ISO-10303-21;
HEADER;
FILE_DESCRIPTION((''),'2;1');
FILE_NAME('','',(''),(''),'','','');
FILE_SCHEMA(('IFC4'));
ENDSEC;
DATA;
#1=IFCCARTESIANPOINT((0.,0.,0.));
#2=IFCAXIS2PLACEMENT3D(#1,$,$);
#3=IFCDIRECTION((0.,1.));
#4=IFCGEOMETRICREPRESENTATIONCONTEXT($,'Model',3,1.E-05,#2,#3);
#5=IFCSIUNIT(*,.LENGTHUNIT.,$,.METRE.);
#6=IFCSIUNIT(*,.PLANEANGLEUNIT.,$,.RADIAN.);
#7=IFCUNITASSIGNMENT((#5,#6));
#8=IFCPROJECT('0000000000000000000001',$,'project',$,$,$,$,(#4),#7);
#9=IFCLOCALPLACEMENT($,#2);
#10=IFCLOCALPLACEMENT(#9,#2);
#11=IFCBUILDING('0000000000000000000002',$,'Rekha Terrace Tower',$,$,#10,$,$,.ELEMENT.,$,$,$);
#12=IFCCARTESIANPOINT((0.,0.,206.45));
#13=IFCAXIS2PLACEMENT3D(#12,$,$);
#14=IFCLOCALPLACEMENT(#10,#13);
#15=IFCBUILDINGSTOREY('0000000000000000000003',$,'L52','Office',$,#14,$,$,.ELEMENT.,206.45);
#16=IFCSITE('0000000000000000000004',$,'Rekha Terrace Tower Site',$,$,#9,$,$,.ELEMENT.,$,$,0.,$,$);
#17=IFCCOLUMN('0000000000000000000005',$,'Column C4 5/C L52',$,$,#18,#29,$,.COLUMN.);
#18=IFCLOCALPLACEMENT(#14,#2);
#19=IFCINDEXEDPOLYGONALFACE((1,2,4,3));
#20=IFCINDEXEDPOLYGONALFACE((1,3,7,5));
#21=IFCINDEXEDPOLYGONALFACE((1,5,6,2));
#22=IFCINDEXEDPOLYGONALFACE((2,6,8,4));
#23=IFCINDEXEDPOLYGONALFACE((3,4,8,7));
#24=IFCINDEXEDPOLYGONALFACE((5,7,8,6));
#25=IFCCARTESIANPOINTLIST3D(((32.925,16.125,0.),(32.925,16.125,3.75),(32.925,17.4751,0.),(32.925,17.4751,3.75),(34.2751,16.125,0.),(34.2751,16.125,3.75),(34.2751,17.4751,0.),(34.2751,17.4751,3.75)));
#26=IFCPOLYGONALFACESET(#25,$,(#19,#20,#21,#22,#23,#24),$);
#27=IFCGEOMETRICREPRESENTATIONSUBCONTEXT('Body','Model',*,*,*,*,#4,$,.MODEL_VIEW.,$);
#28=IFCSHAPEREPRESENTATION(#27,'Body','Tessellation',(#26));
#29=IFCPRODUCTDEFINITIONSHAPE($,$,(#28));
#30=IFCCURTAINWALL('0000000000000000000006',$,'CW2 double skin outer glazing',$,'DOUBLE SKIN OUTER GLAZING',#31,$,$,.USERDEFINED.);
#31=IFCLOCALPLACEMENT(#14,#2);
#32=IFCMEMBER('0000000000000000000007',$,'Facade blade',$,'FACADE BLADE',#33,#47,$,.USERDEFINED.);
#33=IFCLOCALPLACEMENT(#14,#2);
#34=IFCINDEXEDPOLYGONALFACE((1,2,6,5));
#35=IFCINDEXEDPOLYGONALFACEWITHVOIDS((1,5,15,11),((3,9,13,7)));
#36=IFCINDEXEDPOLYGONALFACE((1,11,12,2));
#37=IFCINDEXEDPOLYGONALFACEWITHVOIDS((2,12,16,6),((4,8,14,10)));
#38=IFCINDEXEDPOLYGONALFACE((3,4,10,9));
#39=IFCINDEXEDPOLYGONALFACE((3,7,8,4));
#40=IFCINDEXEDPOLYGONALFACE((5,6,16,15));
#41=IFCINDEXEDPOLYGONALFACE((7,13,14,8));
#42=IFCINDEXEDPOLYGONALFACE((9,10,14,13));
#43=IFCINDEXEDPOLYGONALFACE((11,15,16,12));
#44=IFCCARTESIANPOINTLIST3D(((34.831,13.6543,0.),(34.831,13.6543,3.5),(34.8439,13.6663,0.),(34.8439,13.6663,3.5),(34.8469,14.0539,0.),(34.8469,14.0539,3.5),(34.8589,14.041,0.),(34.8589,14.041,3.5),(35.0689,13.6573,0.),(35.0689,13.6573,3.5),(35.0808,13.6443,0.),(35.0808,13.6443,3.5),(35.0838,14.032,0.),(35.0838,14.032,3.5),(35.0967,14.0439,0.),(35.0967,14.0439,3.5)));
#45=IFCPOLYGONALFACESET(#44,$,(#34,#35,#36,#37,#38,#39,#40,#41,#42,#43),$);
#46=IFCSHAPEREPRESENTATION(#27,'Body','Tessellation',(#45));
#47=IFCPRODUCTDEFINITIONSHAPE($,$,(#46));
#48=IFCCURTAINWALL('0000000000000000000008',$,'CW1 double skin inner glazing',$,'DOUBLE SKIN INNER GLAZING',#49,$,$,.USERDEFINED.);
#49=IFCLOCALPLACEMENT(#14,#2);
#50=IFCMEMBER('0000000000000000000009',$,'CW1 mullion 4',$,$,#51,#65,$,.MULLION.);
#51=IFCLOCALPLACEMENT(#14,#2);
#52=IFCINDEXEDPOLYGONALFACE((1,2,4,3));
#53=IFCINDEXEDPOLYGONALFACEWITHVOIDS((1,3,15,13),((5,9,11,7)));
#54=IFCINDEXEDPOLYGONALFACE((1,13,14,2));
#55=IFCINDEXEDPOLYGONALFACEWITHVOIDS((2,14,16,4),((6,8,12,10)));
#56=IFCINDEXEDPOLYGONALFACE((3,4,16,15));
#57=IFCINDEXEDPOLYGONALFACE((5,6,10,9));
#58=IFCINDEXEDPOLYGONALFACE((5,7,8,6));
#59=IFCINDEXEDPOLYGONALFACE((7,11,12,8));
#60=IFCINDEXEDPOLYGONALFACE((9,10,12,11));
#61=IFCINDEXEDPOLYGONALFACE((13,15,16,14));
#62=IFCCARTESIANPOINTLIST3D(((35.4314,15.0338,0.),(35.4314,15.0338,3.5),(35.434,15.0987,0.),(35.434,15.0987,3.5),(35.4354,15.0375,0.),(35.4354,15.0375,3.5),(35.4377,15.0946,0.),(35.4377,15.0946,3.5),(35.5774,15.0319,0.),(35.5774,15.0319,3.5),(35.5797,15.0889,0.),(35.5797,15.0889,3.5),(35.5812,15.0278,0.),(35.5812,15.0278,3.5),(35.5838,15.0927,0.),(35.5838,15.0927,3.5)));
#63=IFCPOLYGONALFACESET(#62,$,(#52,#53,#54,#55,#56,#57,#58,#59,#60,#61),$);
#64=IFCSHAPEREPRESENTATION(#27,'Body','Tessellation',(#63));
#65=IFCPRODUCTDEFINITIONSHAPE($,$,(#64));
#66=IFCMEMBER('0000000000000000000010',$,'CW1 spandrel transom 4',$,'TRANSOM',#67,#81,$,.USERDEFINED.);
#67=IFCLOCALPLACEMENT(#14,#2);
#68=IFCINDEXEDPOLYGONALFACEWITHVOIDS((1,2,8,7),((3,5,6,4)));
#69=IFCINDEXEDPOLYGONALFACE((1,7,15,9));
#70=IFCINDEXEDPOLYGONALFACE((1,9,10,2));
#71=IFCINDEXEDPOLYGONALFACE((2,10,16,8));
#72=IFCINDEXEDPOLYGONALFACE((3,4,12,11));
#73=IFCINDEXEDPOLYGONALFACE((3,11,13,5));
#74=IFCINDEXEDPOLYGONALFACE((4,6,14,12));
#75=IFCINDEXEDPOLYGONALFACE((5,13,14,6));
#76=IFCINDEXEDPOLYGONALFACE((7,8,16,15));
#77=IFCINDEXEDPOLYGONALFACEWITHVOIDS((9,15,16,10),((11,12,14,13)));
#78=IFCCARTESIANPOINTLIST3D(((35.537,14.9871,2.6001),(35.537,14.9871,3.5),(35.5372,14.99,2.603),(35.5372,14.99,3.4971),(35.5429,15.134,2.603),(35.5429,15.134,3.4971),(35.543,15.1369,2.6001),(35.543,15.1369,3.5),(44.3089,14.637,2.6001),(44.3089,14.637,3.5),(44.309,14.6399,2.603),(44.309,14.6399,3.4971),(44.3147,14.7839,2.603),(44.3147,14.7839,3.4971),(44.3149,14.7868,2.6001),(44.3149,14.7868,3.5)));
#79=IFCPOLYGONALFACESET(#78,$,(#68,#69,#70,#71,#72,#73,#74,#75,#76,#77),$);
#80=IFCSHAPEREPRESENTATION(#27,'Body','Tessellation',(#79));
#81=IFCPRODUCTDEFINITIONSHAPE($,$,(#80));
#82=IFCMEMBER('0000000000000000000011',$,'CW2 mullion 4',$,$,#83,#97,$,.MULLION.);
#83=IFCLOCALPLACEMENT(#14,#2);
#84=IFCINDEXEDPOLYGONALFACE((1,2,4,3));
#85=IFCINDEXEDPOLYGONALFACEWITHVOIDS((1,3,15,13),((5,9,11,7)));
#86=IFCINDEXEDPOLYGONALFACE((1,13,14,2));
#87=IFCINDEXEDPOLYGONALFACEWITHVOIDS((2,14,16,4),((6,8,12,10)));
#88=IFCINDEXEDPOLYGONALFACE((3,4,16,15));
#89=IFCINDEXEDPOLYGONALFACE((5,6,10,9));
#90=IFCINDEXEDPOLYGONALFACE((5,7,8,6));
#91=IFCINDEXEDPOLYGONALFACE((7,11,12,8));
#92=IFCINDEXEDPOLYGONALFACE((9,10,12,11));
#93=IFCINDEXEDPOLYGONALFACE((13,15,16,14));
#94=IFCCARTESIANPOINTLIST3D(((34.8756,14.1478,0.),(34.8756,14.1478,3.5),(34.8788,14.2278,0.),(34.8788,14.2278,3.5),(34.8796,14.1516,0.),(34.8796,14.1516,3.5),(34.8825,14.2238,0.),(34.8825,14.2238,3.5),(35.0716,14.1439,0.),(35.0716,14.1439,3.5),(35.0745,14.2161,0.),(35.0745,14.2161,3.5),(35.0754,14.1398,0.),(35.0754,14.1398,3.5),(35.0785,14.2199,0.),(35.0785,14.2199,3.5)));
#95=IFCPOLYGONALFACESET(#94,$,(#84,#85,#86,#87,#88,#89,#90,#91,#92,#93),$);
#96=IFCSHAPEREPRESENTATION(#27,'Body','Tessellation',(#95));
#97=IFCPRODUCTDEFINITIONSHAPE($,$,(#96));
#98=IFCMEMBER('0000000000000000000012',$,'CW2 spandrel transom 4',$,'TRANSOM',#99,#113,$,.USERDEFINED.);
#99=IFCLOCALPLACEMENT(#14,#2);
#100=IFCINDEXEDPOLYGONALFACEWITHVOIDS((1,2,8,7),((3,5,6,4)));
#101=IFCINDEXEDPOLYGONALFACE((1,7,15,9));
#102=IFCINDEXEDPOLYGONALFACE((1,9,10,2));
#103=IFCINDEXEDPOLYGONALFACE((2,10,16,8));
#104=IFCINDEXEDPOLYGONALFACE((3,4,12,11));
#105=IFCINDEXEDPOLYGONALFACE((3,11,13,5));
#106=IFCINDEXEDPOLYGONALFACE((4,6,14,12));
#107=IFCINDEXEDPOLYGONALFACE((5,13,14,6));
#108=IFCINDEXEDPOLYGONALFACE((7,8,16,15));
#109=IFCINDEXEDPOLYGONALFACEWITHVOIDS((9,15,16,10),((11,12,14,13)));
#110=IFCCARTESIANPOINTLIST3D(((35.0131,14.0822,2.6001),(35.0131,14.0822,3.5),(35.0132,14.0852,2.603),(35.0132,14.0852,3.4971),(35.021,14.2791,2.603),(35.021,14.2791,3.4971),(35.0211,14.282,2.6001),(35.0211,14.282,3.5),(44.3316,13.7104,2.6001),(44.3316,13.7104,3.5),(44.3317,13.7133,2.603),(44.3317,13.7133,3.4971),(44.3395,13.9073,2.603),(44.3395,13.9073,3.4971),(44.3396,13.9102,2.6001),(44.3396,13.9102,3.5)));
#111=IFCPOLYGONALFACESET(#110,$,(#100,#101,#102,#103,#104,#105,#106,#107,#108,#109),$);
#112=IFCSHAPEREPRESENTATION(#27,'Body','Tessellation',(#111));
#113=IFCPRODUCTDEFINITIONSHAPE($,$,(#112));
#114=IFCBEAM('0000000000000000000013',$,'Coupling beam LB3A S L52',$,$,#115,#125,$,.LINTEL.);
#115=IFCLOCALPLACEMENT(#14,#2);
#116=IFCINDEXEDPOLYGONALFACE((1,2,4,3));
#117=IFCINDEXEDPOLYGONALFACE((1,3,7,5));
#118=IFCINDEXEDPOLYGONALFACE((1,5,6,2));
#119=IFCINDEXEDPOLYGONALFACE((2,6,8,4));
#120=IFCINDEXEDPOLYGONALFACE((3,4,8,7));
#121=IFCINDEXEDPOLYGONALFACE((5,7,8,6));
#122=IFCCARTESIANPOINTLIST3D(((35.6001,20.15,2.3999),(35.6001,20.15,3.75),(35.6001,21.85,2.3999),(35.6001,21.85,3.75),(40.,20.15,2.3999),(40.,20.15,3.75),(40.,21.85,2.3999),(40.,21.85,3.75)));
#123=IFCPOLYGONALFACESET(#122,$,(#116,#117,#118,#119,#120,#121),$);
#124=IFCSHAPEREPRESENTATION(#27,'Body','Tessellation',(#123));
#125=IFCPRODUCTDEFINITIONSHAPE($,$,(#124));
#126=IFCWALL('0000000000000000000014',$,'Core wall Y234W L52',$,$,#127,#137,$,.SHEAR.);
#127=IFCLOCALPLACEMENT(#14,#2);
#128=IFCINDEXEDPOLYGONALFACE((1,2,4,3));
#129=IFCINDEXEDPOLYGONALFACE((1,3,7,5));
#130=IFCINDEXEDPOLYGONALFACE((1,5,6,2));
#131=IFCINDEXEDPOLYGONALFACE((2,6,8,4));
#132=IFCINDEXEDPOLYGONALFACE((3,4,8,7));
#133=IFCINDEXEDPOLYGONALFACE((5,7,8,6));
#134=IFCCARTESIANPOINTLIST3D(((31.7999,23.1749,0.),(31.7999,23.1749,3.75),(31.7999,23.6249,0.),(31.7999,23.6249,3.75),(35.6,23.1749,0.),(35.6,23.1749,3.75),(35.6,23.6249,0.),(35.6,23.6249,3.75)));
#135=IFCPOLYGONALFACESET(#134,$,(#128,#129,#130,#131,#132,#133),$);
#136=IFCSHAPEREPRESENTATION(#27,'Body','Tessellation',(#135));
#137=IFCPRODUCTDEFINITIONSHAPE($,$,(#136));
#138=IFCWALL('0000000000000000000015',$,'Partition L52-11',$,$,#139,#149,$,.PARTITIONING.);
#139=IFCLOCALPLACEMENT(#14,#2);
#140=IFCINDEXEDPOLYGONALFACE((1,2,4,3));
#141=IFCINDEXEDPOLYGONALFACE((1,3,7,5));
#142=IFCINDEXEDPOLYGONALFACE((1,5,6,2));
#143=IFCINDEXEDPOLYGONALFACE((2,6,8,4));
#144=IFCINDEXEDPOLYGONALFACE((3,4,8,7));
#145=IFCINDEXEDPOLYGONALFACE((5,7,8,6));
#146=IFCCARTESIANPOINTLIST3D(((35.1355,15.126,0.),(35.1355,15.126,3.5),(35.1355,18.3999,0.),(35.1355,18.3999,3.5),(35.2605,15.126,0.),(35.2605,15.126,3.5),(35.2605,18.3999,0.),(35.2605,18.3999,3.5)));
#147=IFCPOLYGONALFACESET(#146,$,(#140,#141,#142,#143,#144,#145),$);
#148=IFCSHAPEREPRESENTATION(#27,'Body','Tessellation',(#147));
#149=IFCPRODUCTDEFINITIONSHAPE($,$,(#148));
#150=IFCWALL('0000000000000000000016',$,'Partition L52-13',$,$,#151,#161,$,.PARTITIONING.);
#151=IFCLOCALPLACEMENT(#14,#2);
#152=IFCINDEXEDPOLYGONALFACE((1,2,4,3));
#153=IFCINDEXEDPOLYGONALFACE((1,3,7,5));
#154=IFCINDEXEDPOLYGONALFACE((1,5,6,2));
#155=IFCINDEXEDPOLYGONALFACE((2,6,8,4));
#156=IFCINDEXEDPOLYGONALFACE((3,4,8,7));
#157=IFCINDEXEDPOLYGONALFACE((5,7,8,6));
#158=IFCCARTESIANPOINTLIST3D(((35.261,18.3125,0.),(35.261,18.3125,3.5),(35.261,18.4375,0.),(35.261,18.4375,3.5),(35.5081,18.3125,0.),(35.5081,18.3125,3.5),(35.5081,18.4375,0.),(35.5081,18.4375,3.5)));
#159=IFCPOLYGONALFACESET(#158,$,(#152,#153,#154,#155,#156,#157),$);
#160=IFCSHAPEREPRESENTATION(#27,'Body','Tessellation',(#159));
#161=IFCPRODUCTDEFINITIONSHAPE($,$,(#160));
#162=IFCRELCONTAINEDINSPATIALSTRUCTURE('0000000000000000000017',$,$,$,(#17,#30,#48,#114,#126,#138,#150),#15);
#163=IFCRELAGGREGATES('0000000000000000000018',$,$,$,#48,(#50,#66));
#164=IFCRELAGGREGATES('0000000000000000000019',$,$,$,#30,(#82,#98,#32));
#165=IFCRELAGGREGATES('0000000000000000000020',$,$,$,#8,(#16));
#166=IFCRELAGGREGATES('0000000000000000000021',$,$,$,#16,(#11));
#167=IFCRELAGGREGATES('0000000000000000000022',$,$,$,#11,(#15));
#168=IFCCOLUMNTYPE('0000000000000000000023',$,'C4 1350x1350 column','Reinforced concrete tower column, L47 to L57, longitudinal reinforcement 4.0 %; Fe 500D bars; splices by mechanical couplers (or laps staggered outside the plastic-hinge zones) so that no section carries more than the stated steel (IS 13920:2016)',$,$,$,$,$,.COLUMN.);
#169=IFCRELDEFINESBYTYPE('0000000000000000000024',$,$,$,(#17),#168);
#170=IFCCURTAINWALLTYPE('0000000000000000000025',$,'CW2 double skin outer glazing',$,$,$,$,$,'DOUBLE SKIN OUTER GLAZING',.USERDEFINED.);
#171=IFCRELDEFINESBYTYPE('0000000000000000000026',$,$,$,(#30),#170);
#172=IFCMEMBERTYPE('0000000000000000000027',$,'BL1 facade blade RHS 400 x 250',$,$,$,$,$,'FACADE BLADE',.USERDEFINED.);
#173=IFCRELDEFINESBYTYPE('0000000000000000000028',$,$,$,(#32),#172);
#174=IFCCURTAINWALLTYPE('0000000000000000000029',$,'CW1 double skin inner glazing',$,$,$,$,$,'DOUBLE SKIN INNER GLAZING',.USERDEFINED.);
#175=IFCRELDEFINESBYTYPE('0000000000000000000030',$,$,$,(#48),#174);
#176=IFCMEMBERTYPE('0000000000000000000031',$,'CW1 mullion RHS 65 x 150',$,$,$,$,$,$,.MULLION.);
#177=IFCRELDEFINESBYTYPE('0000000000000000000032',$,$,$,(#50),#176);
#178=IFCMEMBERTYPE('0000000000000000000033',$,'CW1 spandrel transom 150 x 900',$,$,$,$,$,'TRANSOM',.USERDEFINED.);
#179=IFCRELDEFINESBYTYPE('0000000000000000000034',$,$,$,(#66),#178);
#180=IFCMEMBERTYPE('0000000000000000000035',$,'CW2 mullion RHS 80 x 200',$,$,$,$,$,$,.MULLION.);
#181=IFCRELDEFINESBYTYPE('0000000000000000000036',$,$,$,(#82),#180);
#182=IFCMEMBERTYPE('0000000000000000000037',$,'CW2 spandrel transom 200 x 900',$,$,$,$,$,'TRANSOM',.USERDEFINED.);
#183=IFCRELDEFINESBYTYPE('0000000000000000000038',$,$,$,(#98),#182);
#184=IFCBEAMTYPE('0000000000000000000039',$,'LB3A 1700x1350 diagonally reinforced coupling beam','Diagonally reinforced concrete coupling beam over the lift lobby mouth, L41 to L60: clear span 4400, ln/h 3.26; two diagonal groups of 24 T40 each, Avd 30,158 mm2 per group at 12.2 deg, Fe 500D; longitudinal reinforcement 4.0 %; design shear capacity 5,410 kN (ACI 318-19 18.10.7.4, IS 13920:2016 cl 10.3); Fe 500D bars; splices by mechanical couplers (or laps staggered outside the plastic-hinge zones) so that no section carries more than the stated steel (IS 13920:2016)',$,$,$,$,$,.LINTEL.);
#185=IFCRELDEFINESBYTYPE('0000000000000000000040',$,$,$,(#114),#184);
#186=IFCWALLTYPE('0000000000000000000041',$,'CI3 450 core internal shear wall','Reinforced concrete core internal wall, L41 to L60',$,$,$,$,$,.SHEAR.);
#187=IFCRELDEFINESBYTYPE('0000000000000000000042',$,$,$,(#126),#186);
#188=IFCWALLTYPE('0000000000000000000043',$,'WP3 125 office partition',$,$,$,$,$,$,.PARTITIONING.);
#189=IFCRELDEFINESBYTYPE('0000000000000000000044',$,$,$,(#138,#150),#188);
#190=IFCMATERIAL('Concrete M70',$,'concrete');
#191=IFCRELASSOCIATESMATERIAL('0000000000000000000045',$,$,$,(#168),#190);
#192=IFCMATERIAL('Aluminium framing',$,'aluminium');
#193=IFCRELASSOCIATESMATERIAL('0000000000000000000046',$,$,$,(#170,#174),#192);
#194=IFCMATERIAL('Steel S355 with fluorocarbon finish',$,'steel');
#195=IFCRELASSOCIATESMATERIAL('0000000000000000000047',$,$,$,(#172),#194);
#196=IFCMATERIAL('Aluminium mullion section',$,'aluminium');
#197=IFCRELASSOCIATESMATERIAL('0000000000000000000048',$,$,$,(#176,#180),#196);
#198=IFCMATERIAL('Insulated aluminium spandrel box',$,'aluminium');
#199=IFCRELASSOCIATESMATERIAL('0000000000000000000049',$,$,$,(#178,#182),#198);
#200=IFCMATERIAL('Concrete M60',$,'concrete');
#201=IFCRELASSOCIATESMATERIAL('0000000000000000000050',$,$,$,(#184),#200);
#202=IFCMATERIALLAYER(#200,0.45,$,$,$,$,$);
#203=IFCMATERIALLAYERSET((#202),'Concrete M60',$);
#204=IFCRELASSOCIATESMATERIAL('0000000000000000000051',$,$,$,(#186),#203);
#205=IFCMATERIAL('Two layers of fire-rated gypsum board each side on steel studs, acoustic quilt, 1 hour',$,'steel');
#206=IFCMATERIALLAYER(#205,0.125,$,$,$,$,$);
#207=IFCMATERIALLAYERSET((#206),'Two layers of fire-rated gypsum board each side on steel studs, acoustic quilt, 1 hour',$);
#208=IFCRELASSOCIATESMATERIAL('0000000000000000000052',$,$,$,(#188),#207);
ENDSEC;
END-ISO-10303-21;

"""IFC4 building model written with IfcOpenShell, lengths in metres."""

from ifc_helpers import new_model, si_unit, direction, frame, frame_2d, origin, origin_2d, place, context, subcontext, project, spatial, rectangle, hollow_rectangle, extrude, material, layer, layer_set, material_profile, profile_set, type_object, element, aggregate, save


model = new_model("IFC4")

# Units and contexts
model_context = context("Model", 3, precision=1e-05, world=origin(), true_north=direction((0.0, 1.0)))
body_context = subcontext(model_context, "Body", "Model", "MODEL_VIEW")
ifc_project = project(units=[si_unit("LENGTHUNIT", "METRE"), si_unit("PLANEANGLEUNIT", "RADIAN")], contexts=[model_context])

# Site, building, storey
site_placement = place(None, origin())
site = spatial("IfcSite", under=ifc_project, at=site_placement, Name="Rekha Terrace Tower Site", CompositionType="ELEMENT", RefElevation=0.0)
building_placement = place(site_placement, origin())
building = spatial("IfcBuilding", under=site, at=building_placement, Name="Rekha Terrace Tower", CompositionType="ELEMENT")
storey_placement = place(building_placement, frame((0.0, 0.0, 206.45)))
storey = spatial("IfcBuildingStorey", under=building, at=storey_placement, Name="L52", Description="Office", CompositionType="ELEMENT", Elevation=206.45)

# Column
ifc_material_1 = material(Name="Concrete M70", Category="concrete")
ifc_material_profile_1 = material_profile(ifc_material_1, rectangle(XDim=1.3501, YDim=1.3501, at=origin_2d()), Name="RC 1350x1350")
ifc_profile_set_1 = profile_set([ifc_material_profile_1], Name="Concrete M70")
column_type = type_object("IfcColumnType", Name="C4 1350x1350 column", Description="Reinforced concrete tower column, L47 to L57, longitudinal reinforcement 4.0 %; Fe 500D bars; splices by mechanical couplers (or laps staggered outside the plastic-hinge zones) so that no section carries more than the stated steel (IS 13920:2016)", PredefinedType="COLUMN", material=ifc_profile_set_1)
column_placement = place(storey_placement, frame((33.6001, 16.8, 0.0), z_axis=(0.0, 0.0, 1.0), x_axis=(1.0, 0.0, 0.0)))
element("IfcColumn", 1, at=column_placement, inside=storey, type_object=column_type, Name="Column C4 5/C L52", PredefinedType="COLUMN", context=body_context, shape_type="SweptSolid", body=[
    extrude(rectangle(XDim=1.3501, YDim=1.3501, at=origin_2d()), origin(), (0.0, 0.0, 1.0), 3.75),
])

# Curtain wall, member
ifc_material_2 = material(Name="Aluminium framing", Category="aluminium")
curtain_wall_type_1 = type_object("IfcCurtainWallType", Name="CW2 double skin outer glazing", ElementType="DOUBLE SKIN OUTER GLAZING", PredefinedType="USERDEFINED", material=ifc_material_2)
curtain_wall_1_placement = place(storey_placement, origin())
curtain_wall_1 = element("IfcCurtainWall", 2, at=curtain_wall_1_placement, inside=storey, type_object=curtain_wall_type_1, Name="CW2 double skin outer glazing", ObjectType="DOUBLE SKIN OUTER GLAZING", PredefinedType="USERDEFINED")
ifc_material_3 = material(Name="Steel S355 with fluorocarbon finish", Category="steel")
ifc_material_profile_2 = material_profile(ifc_material_3, hollow_rectangle(XDim=0.25, YDim=0.3999, WallThickness=0.0125, at=origin_2d()), Name="RHS400x250x12.5")
ifc_profile_set_2 = profile_set([ifc_material_profile_2], Name="Steel S355 with fluorocarbon finish")
member_type_1 = type_object("IfcMemberType", Name="BL1 facade blade RHS 400 x 250", ElementType="FACADE BLADE", PredefinedType="USERDEFINED", material=ifc_profile_set_2)
member_1_placement = place(storey_placement, frame((34.9639, 13.8491, 0.0), z_axis=(0.0, 0.0, 1.0), x_axis=(0.999205, -0.039872, 0.0)))
member_1 = element("IfcMember", 3, at=member_1_placement, type_object=member_type_1, Name="Facade blade", ObjectType="FACADE BLADE", PredefinedType="USERDEFINED", context=body_context, shape_type="SweptSolid", body=[
    extrude(hollow_rectangle(XDim=0.25, YDim=0.3999, WallThickness=0.0125, at=origin_2d()), origin(), (0.0, 0.0, 1.0), 3.5),
])

# Curtain wall, members
curtain_wall_type_2 = type_object("IfcCurtainWallType", Name="CW1 double skin inner glazing", ElementType="DOUBLE SKIN INNER GLAZING", PredefinedType="USERDEFINED", material=ifc_material_2)
curtain_wall_2_placement = place(storey_placement, origin())
curtain_wall_2 = element("IfcCurtainWall", 4, at=curtain_wall_2_placement, inside=storey, type_object=curtain_wall_type_2, Name="CW1 double skin inner glazing", ObjectType="DOUBLE SKIN INNER GLAZING", PredefinedType="USERDEFINED")
ifc_material_4 = material(Name="Aluminium mullion section", Category="aluminium")
ifc_material_profile_3 = material_profile(ifc_material_4, hollow_rectangle(XDim=0.0649, YDim=0.1499, WallThickness=0.0039, at=origin_2d()), Name="AL RHS 65x150")
ifc_profile_set_3 = profile_set([ifc_material_profile_3], Name="Aluminium mullion section")
member_type_2 = type_object("IfcMemberType", Name="CW1 mullion RHS 65 x 150", PredefinedType="MULLION", material=ifc_profile_set_3)
member_2_placement = place(storey_placement, frame((35.5076, 15.0632, 0.0), z_axis=(0.0, 0.0, 1.0), x_axis=(0.039872, 0.999205, 0.0)))
member_2 = element("IfcMember", 5, at=member_2_placement, type_object=member_type_2, Name="CW1 mullion 4", PredefinedType="MULLION", context=body_context, shape_type="SweptSolid", body=[
    extrude(hollow_rectangle(XDim=0.0649, YDim=0.1499, WallThickness=0.0039, at=origin_2d()), origin(), (0.0, 0.0, 1.0), 3.5),
])
ifc_material_5 = material(Name="Insulated aluminium spandrel box", Category="aluminium")
ifc_material_profile_4 = material_profile(ifc_material_5, hollow_rectangle(XDim=0.1499, YDim=0.8999, WallThickness=0.0029, at=origin_2d()), Name="AL SPANDREL BOX 150x900")
ifc_profile_set_4 = profile_set([ifc_material_profile_4], Name="Insulated aluminium spandrel box")
member_type_3 = type_object("IfcMemberType", Name="CW1 spandrel transom 150 x 900", ElementType="TRANSOM", PredefinedType="USERDEFINED", material=ifc_profile_set_4)
member_3_placement = place(storey_placement, frame((35.54, 15.062, 3.05), z_axis=(0.999204, -0.03988, 0.0), x_axis=(0.03988, 0.999204, 0.0)))
member_3 = element("IfcMember", 6, at=member_3_placement, type_object=member_type_3, Name="CW1 spandrel transom 4", ObjectType="TRANSOM", PredefinedType="USERDEFINED", context=body_context, shape_type="SweptSolid", body=[
    extrude(hollow_rectangle(XDim=0.1499, YDim=0.8999, WallThickness=0.0029, at=origin_2d()), origin(), (0.0, 0.0, 1.0), 8.7788),
])
aggregate(curtain_wall_2, [member_2, member_3])

# Members
ifc_material_profile_5 = material_profile(ifc_material_4, hollow_rectangle(XDim=0.0801, YDim=0.2, WallThickness=0.0039, at=origin_2d()), Name="AL RHS 80x200")
ifc_profile_set_5 = profile_set([ifc_material_profile_5], Name="Aluminium mullion section")
member_type_4 = type_object("IfcMemberType", Name="CW2 mullion RHS 80 x 200", PredefinedType="MULLION", material=ifc_profile_set_5)
member_4_placement = place(storey_placement, frame((34.9771, 14.1838, 0.0), z_axis=(0.0, 0.0, 1.0), x_axis=(0.039872, 0.999205, 0.0)))
member_4 = element("IfcMember", 7, at=member_4_placement, type_object=member_type_4, Name="CW2 mullion 4", PredefinedType="MULLION", context=body_context, shape_type="SweptSolid", body=[
    extrude(hollow_rectangle(XDim=0.0801, YDim=0.2, WallThickness=0.0039, at=origin_2d()), origin(), (0.0, 0.0, 1.0), 3.5),
])
ifc_material_profile_6 = material_profile(ifc_material_5, hollow_rectangle(XDim=0.2, YDim=0.8999, WallThickness=0.0029, at=origin_2d()), Name="AL SPANDREL BOX 200x900")
ifc_profile_set_6 = profile_set([ifc_material_profile_6], Name="Insulated aluminium spandrel box")
member_type_5 = type_object("IfcMemberType", Name="CW2 spandrel transom 200 x 900", ElementType="TRANSOM", PredefinedType="USERDEFINED", material=ifc_profile_set_6)
member_5_placement = place(storey_placement, frame((35.0171, 14.1821, 3.05), z_axis=(0.999205, -0.03987, 0.0), x_axis=(0.03987, 0.999205, 0.0)))
member_5 = element("IfcMember", 8, at=member_5_placement, type_object=member_type_5, Name="CW2 spandrel transom 4", ObjectType="TRANSOM", PredefinedType="USERDEFINED", context=body_context, shape_type="SweptSolid", body=[
    extrude(hollow_rectangle(XDim=0.2, YDim=0.8999, WallThickness=0.0029, at=origin_2d()), origin(), (0.0, 0.0, 1.0), 9.3259),
])
aggregate(curtain_wall_1, [member_4, member_5, member_1])

# Beam
ifc_material_6 = material(Name="Concrete M60", Category="concrete")
ifc_material_profile_7 = material_profile(ifc_material_6, rectangle(XDim=1.7, YDim=1.3501, at=origin_2d()), Name="RC 1700x1350")
ifc_profile_set_7 = profile_set([ifc_material_profile_7], Name="Concrete M60")
beam_type = type_object("IfcBeamType", Name="LB3A 1700x1350 diagonally reinforced coupling beam", Description="Diagonally reinforced concrete coupling beam over the lift lobby mouth, L41 to L60: clear span 4400, ln/h 3.26; two diagonal groups of 24 T40 each, Avd 30,158 mm2 per group at 12.2 deg, Fe 500D; longitudinal reinforcement 4.0 %; design shear capacity 5,410 kN (ACI 318-19 18.10.7.4, IS 13920:2016 cl 10.3); Fe 500D bars; splices by mechanical couplers (or laps staggered outside the plastic-hinge zones) so that no section carries more than the stated steel (IS 13920:2016)", PredefinedType="LINTEL", material=ifc_profile_set_7)
beam_placement = place(storey_placement, frame((35.6001, 21.0, 3.075), z_axis=(1.0, 0.0, 0.0), x_axis=(0.0, 1.0, 0.0)))
element("IfcBeam", 9, at=beam_placement, inside=storey, type_object=beam_type, Name="Coupling beam LB3A S L52", PredefinedType="LINTEL", context=body_context, shape_type="SweptSolid", body=[
    extrude(rectangle(XDim=1.7, YDim=1.3501, at=origin_2d()), origin(), (0.0, 0.0, 1.0), 4.3999),
])

# Walls
ifc_layer_1 = layer(ifc_material_6, 0.45)
ifc_layer_set_1 = layer_set([ifc_layer_1], Name="Concrete M60")
wall_type_1 = type_object("IfcWallType", Name="CI3 450 core internal shear wall", Description="Reinforced concrete core internal wall, L41 to L60", PredefinedType="SHEAR", material=ifc_layer_set_1)
wall_1_placement = place(storey_placement, frame((31.8, 23.3999, 0.0), z_axis=(0.0, 0.0, 1.0), x_axis=(1.0, 0.0, 0.0)))
element("IfcWall", 10, at=wall_1_placement, inside=storey, type_object=wall_type_1, Name="Core wall Y234W L52", PredefinedType="SHEAR", context=body_context, shape_type="SweptSolid", body=[
    extrude(rectangle(XDim=3.8, YDim=0.45, at=frame_2d((1.8999, 0.0))), origin(), (0.0, 0.0, 1.0), 3.75),
])
ifc_material_7 = material(Name="Two layers of fire-rated gypsum board each side on steel studs, acoustic quilt, 1 hour", Category="steel")
ifc_layer_2 = layer(ifc_material_7, 0.125)
ifc_layer_set_2 = layer_set([ifc_layer_2], Name="Two layers of fire-rated gypsum board each side on steel studs, acoustic quilt, 1 hour")
wall_type_2 = type_object("IfcWallType", Name="WP3 125 office partition", PredefinedType="PARTITIONING", material=ifc_layer_set_2)
wall_2_placement = place(storey_placement, frame((35.198, 18.3999, 0.0), z_axis=(0.0, 0.0, 1.0), x_axis=(0.0, -1.0, 0.0)))
element("IfcWall", 11, at=wall_2_placement, inside=storey, type_object=wall_type_2, Name="Partition L52-11", PredefinedType="PARTITIONING", context=body_context, shape_type="SweptSolid", body=[
    extrude(rectangle(XDim=3.2739, YDim=0.125, at=frame_2d((1.637, 0.0))), origin(), (0.0, 0.0, 1.0), 3.5),
])
wall_3_placement = place(storey_placement, frame((35.261, 18.375, 0.0), z_axis=(0.0, 0.0, 1.0), x_axis=(1.0, 0.0, 0.0)))
element("IfcWall", 12, at=wall_3_placement, inside=storey, type_object=wall_type_2, Name="Partition L52-13", PredefinedType="PARTITIONING", context=body_context, shape_type="SweptSolid", body=[
    extrude(rectangle(XDim=0.2471, YDim=0.125, at=frame_2d((0.1235, 0.0))), origin(), (0.0, 0.0, 1.0), 3.5),
])

save(model, "model.ifc")
